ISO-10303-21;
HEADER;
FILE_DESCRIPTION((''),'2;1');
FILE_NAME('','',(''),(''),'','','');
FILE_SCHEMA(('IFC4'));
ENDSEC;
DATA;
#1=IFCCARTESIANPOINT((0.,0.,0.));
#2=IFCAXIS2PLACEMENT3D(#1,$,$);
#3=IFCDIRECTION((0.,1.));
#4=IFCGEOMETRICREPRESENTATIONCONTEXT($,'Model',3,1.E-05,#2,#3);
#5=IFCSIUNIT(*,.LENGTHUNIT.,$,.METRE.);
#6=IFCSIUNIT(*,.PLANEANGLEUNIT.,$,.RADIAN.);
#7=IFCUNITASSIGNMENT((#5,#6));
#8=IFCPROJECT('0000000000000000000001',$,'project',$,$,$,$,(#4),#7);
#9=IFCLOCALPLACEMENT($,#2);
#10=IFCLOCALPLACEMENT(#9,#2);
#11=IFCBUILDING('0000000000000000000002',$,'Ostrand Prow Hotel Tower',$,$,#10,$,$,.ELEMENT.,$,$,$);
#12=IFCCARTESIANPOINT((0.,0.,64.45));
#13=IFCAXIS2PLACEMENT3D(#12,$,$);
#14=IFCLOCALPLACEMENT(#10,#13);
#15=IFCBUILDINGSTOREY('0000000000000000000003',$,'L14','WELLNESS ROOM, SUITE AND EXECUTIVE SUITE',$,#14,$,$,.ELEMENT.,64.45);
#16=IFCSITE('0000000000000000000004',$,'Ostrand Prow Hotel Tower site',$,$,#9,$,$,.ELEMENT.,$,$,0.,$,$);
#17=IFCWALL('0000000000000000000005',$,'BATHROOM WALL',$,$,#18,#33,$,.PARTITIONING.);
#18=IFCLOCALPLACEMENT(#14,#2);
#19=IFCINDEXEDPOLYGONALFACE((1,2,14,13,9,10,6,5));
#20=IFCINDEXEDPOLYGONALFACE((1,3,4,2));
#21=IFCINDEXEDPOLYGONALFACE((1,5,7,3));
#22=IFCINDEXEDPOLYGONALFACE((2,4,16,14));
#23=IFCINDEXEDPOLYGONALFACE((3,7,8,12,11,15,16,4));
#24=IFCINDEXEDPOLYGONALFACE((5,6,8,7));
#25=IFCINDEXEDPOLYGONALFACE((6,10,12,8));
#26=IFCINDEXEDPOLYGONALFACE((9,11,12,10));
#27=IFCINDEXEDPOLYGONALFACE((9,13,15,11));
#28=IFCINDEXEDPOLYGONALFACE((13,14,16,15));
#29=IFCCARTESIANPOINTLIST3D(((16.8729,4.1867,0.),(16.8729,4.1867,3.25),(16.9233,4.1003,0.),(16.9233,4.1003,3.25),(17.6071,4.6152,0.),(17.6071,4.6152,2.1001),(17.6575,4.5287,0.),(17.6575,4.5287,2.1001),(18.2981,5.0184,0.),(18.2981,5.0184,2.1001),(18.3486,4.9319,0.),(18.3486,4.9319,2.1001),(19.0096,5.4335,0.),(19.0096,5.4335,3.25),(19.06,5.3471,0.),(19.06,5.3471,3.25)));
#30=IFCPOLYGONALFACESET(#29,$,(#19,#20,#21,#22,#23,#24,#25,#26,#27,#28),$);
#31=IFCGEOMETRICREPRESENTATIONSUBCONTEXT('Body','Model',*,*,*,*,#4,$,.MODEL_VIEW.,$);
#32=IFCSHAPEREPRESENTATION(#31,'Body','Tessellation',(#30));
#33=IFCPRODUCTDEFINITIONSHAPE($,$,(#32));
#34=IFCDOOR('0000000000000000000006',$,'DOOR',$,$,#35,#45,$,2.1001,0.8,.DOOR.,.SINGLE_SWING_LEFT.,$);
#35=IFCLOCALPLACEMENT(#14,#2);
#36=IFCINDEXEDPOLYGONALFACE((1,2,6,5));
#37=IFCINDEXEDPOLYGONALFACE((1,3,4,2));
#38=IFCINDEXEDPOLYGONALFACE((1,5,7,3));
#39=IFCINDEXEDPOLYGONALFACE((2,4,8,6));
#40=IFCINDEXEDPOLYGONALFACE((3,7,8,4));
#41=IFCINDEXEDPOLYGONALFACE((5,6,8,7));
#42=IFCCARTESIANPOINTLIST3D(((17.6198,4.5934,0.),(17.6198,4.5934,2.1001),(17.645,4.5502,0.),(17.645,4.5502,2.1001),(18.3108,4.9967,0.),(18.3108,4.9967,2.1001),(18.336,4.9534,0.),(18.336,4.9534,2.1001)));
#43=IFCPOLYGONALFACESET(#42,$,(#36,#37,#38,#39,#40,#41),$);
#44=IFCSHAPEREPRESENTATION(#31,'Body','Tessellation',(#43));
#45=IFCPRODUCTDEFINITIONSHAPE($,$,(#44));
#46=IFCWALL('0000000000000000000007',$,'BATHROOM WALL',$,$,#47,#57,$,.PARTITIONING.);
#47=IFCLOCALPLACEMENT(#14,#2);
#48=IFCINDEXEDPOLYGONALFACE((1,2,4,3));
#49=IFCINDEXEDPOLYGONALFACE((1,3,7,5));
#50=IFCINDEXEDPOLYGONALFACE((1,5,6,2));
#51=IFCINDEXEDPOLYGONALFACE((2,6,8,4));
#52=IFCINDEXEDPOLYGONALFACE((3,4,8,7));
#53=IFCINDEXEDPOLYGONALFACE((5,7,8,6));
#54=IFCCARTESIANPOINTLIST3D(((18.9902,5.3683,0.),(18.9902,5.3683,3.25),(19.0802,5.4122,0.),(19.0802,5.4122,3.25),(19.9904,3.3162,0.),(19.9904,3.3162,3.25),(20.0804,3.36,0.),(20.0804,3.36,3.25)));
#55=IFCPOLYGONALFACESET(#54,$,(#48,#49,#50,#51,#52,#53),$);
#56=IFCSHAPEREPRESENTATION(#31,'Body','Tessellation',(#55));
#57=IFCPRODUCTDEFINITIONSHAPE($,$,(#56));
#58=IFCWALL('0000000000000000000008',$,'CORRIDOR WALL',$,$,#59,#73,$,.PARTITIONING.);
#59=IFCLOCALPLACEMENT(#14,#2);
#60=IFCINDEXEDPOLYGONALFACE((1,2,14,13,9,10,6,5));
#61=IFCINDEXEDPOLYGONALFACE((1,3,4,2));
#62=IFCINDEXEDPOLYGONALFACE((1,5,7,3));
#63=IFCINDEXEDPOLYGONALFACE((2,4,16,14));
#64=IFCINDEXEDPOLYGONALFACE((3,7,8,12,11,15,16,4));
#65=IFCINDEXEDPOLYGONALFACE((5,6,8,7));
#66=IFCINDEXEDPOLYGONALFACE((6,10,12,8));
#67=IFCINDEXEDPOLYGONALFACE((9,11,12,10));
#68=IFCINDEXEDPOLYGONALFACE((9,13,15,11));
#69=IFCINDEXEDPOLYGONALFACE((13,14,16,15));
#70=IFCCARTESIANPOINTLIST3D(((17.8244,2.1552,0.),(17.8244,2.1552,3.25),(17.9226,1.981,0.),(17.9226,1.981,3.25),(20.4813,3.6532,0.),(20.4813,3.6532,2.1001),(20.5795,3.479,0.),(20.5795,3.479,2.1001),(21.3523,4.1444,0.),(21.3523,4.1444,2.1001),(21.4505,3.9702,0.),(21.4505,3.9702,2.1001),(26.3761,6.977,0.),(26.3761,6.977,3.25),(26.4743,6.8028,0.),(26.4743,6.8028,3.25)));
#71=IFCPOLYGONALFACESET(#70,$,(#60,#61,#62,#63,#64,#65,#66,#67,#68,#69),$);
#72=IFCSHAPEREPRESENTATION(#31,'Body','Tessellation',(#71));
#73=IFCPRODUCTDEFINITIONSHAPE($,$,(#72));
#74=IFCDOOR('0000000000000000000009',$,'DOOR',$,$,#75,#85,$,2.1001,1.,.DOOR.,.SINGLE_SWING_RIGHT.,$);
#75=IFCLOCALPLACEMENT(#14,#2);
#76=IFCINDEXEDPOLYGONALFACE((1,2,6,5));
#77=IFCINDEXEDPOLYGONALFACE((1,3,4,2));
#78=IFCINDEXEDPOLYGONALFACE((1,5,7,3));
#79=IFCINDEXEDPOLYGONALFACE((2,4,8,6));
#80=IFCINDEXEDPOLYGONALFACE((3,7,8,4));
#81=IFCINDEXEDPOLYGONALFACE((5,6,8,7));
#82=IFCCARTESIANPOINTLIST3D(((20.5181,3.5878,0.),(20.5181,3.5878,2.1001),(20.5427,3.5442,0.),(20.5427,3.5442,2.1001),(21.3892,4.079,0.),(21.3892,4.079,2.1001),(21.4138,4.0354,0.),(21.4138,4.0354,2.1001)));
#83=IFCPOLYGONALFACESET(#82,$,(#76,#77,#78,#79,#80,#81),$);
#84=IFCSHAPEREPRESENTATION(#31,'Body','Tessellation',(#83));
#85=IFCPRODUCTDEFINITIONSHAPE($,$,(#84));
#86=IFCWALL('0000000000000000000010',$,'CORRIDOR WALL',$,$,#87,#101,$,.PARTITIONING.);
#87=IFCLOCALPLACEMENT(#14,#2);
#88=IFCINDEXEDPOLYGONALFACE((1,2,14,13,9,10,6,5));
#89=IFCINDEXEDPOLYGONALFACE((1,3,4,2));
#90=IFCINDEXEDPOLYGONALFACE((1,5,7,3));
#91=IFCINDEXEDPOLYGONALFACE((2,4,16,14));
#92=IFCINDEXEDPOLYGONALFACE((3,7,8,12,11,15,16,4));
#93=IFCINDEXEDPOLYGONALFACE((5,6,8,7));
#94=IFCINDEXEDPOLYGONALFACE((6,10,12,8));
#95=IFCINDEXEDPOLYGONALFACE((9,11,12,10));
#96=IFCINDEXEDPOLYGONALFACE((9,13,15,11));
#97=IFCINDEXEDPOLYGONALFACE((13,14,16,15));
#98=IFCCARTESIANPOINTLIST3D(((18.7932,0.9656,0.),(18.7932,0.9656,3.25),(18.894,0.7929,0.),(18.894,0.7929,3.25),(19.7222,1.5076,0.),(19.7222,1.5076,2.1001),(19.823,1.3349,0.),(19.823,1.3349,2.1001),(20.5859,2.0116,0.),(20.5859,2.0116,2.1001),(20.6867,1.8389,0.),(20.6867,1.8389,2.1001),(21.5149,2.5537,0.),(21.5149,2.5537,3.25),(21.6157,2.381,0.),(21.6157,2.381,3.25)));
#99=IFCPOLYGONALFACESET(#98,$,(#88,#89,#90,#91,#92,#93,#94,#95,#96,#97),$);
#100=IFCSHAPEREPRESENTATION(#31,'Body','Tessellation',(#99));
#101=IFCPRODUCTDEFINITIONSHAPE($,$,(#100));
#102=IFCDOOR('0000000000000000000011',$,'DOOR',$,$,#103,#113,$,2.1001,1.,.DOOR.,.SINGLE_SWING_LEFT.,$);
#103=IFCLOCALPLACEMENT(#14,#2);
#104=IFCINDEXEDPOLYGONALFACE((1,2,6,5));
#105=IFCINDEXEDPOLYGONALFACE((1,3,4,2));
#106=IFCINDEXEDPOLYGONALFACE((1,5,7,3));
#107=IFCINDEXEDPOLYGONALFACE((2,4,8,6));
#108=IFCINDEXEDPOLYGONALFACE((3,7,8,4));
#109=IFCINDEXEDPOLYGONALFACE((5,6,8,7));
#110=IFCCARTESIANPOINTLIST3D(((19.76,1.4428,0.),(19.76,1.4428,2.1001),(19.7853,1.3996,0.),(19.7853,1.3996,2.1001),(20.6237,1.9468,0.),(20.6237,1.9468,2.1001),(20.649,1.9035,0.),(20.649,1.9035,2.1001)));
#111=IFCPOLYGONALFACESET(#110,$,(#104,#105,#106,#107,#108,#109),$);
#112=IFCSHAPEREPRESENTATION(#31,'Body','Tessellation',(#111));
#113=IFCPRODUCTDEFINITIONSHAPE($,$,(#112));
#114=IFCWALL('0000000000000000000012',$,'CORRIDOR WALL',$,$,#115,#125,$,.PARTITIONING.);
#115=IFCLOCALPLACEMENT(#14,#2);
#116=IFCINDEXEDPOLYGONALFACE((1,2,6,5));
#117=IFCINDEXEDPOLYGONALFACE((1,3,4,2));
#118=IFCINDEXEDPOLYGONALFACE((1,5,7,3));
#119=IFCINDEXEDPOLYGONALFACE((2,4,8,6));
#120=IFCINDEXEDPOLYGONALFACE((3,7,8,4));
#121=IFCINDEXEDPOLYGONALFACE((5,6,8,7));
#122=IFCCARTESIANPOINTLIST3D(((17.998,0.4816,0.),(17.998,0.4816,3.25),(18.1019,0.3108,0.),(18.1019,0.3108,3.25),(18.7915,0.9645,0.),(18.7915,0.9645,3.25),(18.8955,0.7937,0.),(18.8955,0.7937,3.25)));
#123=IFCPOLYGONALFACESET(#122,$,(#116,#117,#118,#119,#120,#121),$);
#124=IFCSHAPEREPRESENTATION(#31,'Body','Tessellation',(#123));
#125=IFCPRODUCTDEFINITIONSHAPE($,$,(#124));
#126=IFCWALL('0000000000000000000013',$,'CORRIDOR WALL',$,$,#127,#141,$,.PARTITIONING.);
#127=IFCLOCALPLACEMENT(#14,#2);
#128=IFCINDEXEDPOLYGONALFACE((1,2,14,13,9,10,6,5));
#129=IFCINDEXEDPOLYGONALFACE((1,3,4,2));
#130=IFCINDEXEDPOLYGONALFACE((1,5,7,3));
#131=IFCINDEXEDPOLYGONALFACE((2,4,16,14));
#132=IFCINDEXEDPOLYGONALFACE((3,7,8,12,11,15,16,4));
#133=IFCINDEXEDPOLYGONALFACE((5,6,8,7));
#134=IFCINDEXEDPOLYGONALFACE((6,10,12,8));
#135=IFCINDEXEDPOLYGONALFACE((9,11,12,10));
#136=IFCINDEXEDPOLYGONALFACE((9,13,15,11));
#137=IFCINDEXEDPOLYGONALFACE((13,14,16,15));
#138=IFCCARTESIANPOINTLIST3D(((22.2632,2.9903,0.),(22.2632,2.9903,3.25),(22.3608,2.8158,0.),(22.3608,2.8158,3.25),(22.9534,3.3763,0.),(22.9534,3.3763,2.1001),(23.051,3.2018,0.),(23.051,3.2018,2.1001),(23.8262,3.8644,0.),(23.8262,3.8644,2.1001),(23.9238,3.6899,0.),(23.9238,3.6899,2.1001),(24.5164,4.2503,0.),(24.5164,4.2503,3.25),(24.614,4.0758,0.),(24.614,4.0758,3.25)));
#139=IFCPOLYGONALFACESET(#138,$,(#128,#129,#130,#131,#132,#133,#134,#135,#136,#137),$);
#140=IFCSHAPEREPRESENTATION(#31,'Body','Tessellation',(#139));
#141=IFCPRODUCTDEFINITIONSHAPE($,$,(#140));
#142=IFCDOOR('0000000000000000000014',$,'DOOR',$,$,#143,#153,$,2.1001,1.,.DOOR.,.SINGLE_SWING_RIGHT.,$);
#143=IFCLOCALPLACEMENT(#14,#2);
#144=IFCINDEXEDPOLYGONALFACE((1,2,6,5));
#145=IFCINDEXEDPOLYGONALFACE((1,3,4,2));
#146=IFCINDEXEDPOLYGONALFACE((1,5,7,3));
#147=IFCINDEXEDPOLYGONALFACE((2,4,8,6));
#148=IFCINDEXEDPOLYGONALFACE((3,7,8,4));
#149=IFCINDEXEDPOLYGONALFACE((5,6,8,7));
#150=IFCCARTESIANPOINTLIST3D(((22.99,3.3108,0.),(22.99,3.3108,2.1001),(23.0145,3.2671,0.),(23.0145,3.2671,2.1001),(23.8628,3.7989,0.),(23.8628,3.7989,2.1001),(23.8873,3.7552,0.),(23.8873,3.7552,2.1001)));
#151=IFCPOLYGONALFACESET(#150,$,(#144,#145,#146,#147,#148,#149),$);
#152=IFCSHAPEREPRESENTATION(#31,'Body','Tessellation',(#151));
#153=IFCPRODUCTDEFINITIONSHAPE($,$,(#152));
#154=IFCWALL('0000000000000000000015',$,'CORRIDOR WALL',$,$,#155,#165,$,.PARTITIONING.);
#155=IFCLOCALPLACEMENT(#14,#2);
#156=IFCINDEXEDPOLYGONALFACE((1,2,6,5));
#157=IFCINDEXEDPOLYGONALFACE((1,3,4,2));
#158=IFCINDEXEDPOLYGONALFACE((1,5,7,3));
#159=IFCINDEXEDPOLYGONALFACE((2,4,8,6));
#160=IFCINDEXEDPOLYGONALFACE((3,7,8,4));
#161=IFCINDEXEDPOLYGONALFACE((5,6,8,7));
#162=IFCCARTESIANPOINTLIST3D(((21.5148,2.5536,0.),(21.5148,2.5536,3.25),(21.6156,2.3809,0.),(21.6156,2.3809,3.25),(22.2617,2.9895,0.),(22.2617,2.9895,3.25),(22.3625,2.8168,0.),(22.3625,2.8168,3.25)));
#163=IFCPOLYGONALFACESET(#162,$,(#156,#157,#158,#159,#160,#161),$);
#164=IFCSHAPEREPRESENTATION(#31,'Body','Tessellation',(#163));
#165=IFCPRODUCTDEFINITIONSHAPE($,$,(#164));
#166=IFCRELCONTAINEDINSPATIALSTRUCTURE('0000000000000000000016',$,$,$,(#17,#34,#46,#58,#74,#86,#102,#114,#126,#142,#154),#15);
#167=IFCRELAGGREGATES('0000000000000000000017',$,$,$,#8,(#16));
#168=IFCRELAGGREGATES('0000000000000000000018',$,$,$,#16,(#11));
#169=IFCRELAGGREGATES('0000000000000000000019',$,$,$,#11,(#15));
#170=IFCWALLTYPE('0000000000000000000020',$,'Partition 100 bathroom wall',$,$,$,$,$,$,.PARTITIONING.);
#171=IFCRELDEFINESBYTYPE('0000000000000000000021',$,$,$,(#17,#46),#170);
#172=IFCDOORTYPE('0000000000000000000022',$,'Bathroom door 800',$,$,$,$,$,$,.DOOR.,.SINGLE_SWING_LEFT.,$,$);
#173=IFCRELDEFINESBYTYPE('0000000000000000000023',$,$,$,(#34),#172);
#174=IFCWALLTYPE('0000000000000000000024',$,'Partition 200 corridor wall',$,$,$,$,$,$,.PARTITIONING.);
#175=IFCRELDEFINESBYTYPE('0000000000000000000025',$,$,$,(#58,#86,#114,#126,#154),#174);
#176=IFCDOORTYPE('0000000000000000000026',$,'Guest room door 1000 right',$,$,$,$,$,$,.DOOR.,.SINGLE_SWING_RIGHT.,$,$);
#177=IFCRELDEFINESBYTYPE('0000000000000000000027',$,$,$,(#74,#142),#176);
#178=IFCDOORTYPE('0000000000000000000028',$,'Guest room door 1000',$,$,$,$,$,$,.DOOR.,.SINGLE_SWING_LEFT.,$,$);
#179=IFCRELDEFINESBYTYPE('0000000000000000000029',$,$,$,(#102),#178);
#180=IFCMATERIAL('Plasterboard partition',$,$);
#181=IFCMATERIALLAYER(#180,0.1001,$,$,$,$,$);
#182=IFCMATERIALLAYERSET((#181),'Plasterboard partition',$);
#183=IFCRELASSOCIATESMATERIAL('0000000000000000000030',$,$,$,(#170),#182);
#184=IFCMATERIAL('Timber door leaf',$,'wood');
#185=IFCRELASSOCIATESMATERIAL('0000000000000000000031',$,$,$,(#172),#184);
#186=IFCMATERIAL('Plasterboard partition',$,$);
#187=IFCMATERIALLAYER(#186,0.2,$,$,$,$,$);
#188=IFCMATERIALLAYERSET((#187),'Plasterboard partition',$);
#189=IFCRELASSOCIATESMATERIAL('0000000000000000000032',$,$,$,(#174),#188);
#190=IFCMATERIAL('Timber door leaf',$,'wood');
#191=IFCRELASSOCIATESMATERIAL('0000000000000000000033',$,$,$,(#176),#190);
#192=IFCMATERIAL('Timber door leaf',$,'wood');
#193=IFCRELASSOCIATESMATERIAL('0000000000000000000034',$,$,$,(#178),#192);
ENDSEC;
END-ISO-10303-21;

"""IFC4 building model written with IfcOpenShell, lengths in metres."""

from ifc_helpers import new_model, si_unit, direction, frame, frame_2d, origin, place, context, subcontext, project, spatial, rectangle, extrude, material, layer, layer_set, type_object, element, fill, save


model = new_model("IFC4")

# Units and contexts
model_context = context("Model", 3, precision=1e-05, world=origin(), true_north=direction((0.0, 1.0)))
body_context = subcontext(model_context, "Body", "Model", "MODEL_VIEW")
ifc_project = project(units=[si_unit("LENGTHUNIT", "METRE"), si_unit("PLANEANGLEUNIT", "RADIAN")], contexts=[model_context])

# Site, building, storey
site_placement = place(None, origin())
site = spatial("IfcSite", under=ifc_project, at=site_placement, Name="Ostrand Prow Hotel Tower site", CompositionType="ELEMENT", RefElevation=0.0)
building_placement = place(site_placement, origin())
building = spatial("IfcBuilding", under=site, at=building_placement, Name="Ostrand Prow Hotel Tower", CompositionType="ELEMENT")
storey_placement = place(building_placement, frame((0.0, 0.0, 64.45)))
storey = spatial("IfcBuildingStorey", under=building, at=storey_placement, Name="L14", Description="WELLNESS ROOM, SUITE AND EXECUTIVE SUITE", CompositionType="ELEMENT", Elevation=64.45)

# Wall, opening, door
ifc_material_1 = material(Name="Plasterboard partition")
ifc_layer_1 = layer(ifc_material_1, 0.1001)
ifc_layer_set_1 = layer_set([ifc_layer_1], Name="Plasterboard partition")
wall_type_1 = type_object("IfcWallType", Name="Partition 100 bathroom wall", PredefinedType="PARTITIONING", material=ifc_layer_set_1)
wall_1_placement = place(storey_placement, frame((16.8982, 4.1436, 0.0), z_axis=(0.0, 0.0, 1.0), x_axis=(0.863707, 0.503994, 0.0)))
wall_1 = element("IfcWall", 1, at=wall_1_placement, inside=storey, type_object=wall_type_1, Name="BATHROOM WALL", PredefinedType="PARTITIONING", context=body_context, shape_type="SweptSolid", body=[
    extrude(rectangle(XDim=2.4739, YDim=0.1001, at=frame_2d((1.2368, 0.0))), origin(), (0.0, 0.0, 1.0), 3.25),
])
opening_1_placement = place(wall_1_placement, frame((0.8501, 0.0, 0.0)))
opening_1 = element("IfcOpeningElement", 2, at=opening_1_placement, cuts=wall_1, PredefinedType="OPENING", context=body_context, shape_type="SweptSolid", body=[
    extrude(rectangle(XDim=0.8, YDim=2.1001, at=frame_2d((0.3999, 1.05))), frame((0.0, 0.0601, 0.0), z_axis=(0.0, -1.0, 0.0), x_axis=(1.0, 0.0, 0.0)), (0.0, 0.0, 1.0), 0.1201),
])
ifc_material_2 = material(Name="Timber door leaf", Category="wood")
door_type_1 = type_object("IfcDoorType", Name="Bathroom door 800", OperationType="SINGLE_SWING_LEFT", PredefinedType="DOOR", material=ifc_material_2)
door_1_placement = place(opening_1_placement, origin())
door_1 = element("IfcDoor", 3, at=door_1_placement, inside=storey, type_object=door_type_1, Name="DOOR", OperationType="SINGLE_SWING_LEFT", OverallHeight=2.1001, OverallWidth=0.8, PredefinedType="DOOR", context=body_context, shape_type="SweptSolid", body=[
    extrude(rectangle(XDim=0.8, YDim=2.1001, at=frame_2d((0.3999, 1.05))), frame((0.0, 0.0249, 0.0), z_axis=(0.0, -1.0, 0.0), x_axis=(1.0, 0.0, 0.0)), (0.0, 0.0, 1.0), 0.05),
])
fill(opening_1, door_1)

# Wall
wall_2_placement = place(storey_placement, frame((19.0352, 5.3904, 0.0), z_axis=(0.0, 0.0, 1.0), x_axis=(0.438122, -0.898915, 0.0)))
element("IfcWall", 4, at=wall_2_placement, inside=storey, type_object=wall_type_1, Name="BATHROOM WALL", PredefinedType="PARTITIONING", context=body_context, shape_type="SweptSolid", body=[
    extrude(rectangle(XDim=2.283, YDim=0.1001, at=frame_2d((1.1416, 0.0))), origin(), (0.0, 0.0, 1.0), 3.25),
])

# Walls, openings, doors
ifc_material_3 = material(Name="Plasterboard partition")
ifc_layer_2 = layer(ifc_material_3, 0.2)
ifc_layer_set_2 = layer_set([ifc_layer_2], Name="Plasterboard partition")
wall_type_2 = type_object("IfcWallType", Name="Partition 200 corridor wall", PredefinedType="PARTITIONING", material=ifc_layer_set_2)
wall_3_placement = place(storey_placement, frame((17.8735, 2.0681, 0.0), z_axis=(0.0, 0.0, 1.0), x_axis=(0.871078, 0.491144, 0.0)))
wall_3 = element("IfcWall", 5, at=wall_3_placement, inside=storey, type_object=wall_type_2, Name="CORRIDOR WALL", PredefinedType="PARTITIONING", context=body_context, shape_type="SweptSolid", body=[
    extrude(rectangle(XDim=9.8174, YDim=0.2, at=frame_2d((4.9087, 0.0))), origin(), (0.0, 0.0, 1.0), 3.25),
])
opening_2_placement = place(wall_3_placement, frame((3.05, 0.0, 0.0)))
opening_2 = element("IfcOpeningElement", 6, at=opening_2_placement, cuts=wall_3, PredefinedType="OPENING", context=body_context, shape_type="SweptSolid", body=[
    extrude(rectangle(XDim=1.0, YDim=2.1001, at=frame_2d((0.5, 1.05))), frame((0.0, 0.1099, 0.0), z_axis=(0.0, -1.0, 0.0), x_axis=(1.0, 0.0, 0.0)), (0.0, 0.0, 1.0), 0.22),
])
ifc_material_4 = material(Name="Timber door leaf", Category="wood")
door_type_2 = type_object("IfcDoorType", Name="Guest room door 1000 right", OperationType="SINGLE_SWING_RIGHT", PredefinedType="DOOR", material=ifc_material_4)
door_2_placement = place(opening_2_placement, origin())
door_2 = element("IfcDoor", 7, at=door_2_placement, inside=storey, type_object=door_type_2, Name="DOOR", OperationType="SINGLE_SWING_RIGHT", OverallHeight=2.1001, OverallWidth=1.0, PredefinedType="DOOR", context=body_context, shape_type="SweptSolid", body=[
    extrude(rectangle(XDim=1.0, YDim=2.1001, at=frame_2d((0.5, 1.05))), frame((0.0, 0.0249, 0.0), z_axis=(0.0, -1.0, 0.0), x_axis=(1.0, 0.0, 0.0)), (0.0, 0.0, 1.0), 0.05),
])
fill(opening_2, door_2)
wall_4_placement = place(storey_placement, frame((18.8435, 0.8792, 0.0), z_axis=(0.0, 0.0, 1.0), x_axis=(0.863711, 0.503987, 0.0)))
wall_4 = element("IfcWall", 8, at=wall_4_placement, inside=storey, type_object=wall_type_2, Name="CORRIDOR WALL", PredefinedType="PARTITIONING", context=body_context, shape_type="SweptSolid", body=[
    extrude(rectangle(XDim=3.1511, YDim=0.2, at=frame_2d((1.5757, 0.0))), origin(), (0.0, 0.0, 1.0), 3.25),
])
opening_3_placement = place(wall_4_placement, frame((1.0757, 0.0, 0.0)))
opening_3 = element("IfcOpeningElement", 9, at=opening_3_placement, cuts=wall_4, PredefinedType="OPENING", context=body_context, shape_type="SweptSolid", body=[
    extrude(rectangle(XDim=1.0, YDim=2.1001, at=frame_2d((0.5, 1.05))), frame((0.0, 0.1099, 0.0), z_axis=(0.0, -1.0, 0.0), x_axis=(1.0, 0.0, 0.0)), (0.0, 0.0, 1.0), 0.22),
])
ifc_material_5 = material(Name="Timber door leaf", Category="wood")
door_type_3 = type_object("IfcDoorType", Name="Guest room door 1000", OperationType="SINGLE_SWING_LEFT", PredefinedType="DOOR", material=ifc_material_5)
door_3_placement = place(opening_3_placement, origin())
door_3 = element("IfcDoor", 10, at=door_3_placement, inside=storey, type_object=door_type_3, Name="DOOR", OperationType="SINGLE_SWING_LEFT", OverallHeight=2.1001, OverallWidth=1.0, PredefinedType="DOOR", context=body_context, shape_type="SweptSolid", body=[
    extrude(rectangle(XDim=1.0, YDim=2.1001, at=frame_2d((0.5, 1.05))), frame((0.0, 0.0249, 0.0), z_axis=(0.0, -1.0, 0.0), x_axis=(1.0, 0.0, 0.0)), (0.0, 0.0, 1.0), 0.05),
])
fill(opening_3, door_3)

# Wall
wall_5_placement = place(storey_placement, frame((18.05, 0.3962, 0.0), z_axis=(0.0, 0.0, 1.0), x_axis=(0.854229, 0.519897, 0.0)))
element("IfcWall", 11, at=wall_5_placement, inside=storey, type_object=wall_type_2, Name="CORRIDOR WALL", PredefinedType="PARTITIONING", context=body_context, shape_type="SweptSolid", body=[
    extrude(rectangle(XDim=0.929, YDim=0.2, at=frame_2d((0.4644, 0.0))), origin(), (0.0, 0.0, 1.0), 3.25),
])

# Wall, opening, door
wall_6_placement = place(storey_placement, frame((22.312, 2.9031, 0.0), z_axis=(0.0, 0.0, 1.0), x_axis=(0.872798, 0.488082, 0.0)))
wall_6 = element("IfcWall", 12, at=wall_6_placement, inside=storey, type_object=wall_type_2, Name="CORRIDOR WALL", PredefinedType="PARTITIONING", context=body_context, shape_type="SweptSolid", body=[
    extrude(rectangle(XDim=2.5815, YDim=0.2, at=frame_2d((1.2908, 0.0))), origin(), (0.0, 0.0, 1.0), 3.25),
])
opening_4_placement = place(wall_6_placement, frame((0.7908, 0.0, 0.0)))
opening_4 = element("IfcOpeningElement", 13, at=opening_4_placement, cuts=wall_6, PredefinedType="OPENING", context=body_context, shape_type="SweptSolid", body=[
    extrude(rectangle(XDim=1.0, YDim=2.1001, at=frame_2d((0.5, 1.05))), frame((0.0, 0.1099, 0.0), z_axis=(0.0, -1.0, 0.0), x_axis=(1.0, 0.0, 0.0)), (0.0, 0.0, 1.0), 0.22),
])
door_4_placement = place(opening_4_placement, origin())
door_4 = element("IfcDoor", 14, at=door_4_placement, inside=storey, type_object=door_type_2, Name="DOOR", OperationType="SINGLE_SWING_RIGHT", OverallHeight=2.1001, OverallWidth=1.0, PredefinedType="DOOR", context=body_context, shape_type="SweptSolid", body=[
    extrude(rectangle(XDim=1.0, YDim=2.1001, at=frame_2d((0.5, 1.05))), frame((0.0, 0.0249, 0.0), z_axis=(0.0, -1.0, 0.0), x_axis=(1.0, 0.0, 0.0)), (0.0, 0.0, 1.0), 0.05),
])
fill(opening_4, door_4)

# Wall
wall_7_placement = place(storey_placement, frame((21.5652, 2.4673, 0.0), z_axis=(0.0, 0.0, 1.0), x_axis=(0.863707, 0.503994, 0.0)))
element("IfcWall", 15, at=wall_7_placement, inside=storey, type_object=wall_type_2, Name="CORRIDOR WALL", PredefinedType="PARTITIONING", context=body_context, shape_type="SweptSolid", body=[
    extrude(rectangle(XDim=0.8647, YDim=0.2, at=frame_2d((0.4324, 0.0))), origin(), (0.0, 0.0, 1.0), 3.25),
])

save(model, "model.ifc")
